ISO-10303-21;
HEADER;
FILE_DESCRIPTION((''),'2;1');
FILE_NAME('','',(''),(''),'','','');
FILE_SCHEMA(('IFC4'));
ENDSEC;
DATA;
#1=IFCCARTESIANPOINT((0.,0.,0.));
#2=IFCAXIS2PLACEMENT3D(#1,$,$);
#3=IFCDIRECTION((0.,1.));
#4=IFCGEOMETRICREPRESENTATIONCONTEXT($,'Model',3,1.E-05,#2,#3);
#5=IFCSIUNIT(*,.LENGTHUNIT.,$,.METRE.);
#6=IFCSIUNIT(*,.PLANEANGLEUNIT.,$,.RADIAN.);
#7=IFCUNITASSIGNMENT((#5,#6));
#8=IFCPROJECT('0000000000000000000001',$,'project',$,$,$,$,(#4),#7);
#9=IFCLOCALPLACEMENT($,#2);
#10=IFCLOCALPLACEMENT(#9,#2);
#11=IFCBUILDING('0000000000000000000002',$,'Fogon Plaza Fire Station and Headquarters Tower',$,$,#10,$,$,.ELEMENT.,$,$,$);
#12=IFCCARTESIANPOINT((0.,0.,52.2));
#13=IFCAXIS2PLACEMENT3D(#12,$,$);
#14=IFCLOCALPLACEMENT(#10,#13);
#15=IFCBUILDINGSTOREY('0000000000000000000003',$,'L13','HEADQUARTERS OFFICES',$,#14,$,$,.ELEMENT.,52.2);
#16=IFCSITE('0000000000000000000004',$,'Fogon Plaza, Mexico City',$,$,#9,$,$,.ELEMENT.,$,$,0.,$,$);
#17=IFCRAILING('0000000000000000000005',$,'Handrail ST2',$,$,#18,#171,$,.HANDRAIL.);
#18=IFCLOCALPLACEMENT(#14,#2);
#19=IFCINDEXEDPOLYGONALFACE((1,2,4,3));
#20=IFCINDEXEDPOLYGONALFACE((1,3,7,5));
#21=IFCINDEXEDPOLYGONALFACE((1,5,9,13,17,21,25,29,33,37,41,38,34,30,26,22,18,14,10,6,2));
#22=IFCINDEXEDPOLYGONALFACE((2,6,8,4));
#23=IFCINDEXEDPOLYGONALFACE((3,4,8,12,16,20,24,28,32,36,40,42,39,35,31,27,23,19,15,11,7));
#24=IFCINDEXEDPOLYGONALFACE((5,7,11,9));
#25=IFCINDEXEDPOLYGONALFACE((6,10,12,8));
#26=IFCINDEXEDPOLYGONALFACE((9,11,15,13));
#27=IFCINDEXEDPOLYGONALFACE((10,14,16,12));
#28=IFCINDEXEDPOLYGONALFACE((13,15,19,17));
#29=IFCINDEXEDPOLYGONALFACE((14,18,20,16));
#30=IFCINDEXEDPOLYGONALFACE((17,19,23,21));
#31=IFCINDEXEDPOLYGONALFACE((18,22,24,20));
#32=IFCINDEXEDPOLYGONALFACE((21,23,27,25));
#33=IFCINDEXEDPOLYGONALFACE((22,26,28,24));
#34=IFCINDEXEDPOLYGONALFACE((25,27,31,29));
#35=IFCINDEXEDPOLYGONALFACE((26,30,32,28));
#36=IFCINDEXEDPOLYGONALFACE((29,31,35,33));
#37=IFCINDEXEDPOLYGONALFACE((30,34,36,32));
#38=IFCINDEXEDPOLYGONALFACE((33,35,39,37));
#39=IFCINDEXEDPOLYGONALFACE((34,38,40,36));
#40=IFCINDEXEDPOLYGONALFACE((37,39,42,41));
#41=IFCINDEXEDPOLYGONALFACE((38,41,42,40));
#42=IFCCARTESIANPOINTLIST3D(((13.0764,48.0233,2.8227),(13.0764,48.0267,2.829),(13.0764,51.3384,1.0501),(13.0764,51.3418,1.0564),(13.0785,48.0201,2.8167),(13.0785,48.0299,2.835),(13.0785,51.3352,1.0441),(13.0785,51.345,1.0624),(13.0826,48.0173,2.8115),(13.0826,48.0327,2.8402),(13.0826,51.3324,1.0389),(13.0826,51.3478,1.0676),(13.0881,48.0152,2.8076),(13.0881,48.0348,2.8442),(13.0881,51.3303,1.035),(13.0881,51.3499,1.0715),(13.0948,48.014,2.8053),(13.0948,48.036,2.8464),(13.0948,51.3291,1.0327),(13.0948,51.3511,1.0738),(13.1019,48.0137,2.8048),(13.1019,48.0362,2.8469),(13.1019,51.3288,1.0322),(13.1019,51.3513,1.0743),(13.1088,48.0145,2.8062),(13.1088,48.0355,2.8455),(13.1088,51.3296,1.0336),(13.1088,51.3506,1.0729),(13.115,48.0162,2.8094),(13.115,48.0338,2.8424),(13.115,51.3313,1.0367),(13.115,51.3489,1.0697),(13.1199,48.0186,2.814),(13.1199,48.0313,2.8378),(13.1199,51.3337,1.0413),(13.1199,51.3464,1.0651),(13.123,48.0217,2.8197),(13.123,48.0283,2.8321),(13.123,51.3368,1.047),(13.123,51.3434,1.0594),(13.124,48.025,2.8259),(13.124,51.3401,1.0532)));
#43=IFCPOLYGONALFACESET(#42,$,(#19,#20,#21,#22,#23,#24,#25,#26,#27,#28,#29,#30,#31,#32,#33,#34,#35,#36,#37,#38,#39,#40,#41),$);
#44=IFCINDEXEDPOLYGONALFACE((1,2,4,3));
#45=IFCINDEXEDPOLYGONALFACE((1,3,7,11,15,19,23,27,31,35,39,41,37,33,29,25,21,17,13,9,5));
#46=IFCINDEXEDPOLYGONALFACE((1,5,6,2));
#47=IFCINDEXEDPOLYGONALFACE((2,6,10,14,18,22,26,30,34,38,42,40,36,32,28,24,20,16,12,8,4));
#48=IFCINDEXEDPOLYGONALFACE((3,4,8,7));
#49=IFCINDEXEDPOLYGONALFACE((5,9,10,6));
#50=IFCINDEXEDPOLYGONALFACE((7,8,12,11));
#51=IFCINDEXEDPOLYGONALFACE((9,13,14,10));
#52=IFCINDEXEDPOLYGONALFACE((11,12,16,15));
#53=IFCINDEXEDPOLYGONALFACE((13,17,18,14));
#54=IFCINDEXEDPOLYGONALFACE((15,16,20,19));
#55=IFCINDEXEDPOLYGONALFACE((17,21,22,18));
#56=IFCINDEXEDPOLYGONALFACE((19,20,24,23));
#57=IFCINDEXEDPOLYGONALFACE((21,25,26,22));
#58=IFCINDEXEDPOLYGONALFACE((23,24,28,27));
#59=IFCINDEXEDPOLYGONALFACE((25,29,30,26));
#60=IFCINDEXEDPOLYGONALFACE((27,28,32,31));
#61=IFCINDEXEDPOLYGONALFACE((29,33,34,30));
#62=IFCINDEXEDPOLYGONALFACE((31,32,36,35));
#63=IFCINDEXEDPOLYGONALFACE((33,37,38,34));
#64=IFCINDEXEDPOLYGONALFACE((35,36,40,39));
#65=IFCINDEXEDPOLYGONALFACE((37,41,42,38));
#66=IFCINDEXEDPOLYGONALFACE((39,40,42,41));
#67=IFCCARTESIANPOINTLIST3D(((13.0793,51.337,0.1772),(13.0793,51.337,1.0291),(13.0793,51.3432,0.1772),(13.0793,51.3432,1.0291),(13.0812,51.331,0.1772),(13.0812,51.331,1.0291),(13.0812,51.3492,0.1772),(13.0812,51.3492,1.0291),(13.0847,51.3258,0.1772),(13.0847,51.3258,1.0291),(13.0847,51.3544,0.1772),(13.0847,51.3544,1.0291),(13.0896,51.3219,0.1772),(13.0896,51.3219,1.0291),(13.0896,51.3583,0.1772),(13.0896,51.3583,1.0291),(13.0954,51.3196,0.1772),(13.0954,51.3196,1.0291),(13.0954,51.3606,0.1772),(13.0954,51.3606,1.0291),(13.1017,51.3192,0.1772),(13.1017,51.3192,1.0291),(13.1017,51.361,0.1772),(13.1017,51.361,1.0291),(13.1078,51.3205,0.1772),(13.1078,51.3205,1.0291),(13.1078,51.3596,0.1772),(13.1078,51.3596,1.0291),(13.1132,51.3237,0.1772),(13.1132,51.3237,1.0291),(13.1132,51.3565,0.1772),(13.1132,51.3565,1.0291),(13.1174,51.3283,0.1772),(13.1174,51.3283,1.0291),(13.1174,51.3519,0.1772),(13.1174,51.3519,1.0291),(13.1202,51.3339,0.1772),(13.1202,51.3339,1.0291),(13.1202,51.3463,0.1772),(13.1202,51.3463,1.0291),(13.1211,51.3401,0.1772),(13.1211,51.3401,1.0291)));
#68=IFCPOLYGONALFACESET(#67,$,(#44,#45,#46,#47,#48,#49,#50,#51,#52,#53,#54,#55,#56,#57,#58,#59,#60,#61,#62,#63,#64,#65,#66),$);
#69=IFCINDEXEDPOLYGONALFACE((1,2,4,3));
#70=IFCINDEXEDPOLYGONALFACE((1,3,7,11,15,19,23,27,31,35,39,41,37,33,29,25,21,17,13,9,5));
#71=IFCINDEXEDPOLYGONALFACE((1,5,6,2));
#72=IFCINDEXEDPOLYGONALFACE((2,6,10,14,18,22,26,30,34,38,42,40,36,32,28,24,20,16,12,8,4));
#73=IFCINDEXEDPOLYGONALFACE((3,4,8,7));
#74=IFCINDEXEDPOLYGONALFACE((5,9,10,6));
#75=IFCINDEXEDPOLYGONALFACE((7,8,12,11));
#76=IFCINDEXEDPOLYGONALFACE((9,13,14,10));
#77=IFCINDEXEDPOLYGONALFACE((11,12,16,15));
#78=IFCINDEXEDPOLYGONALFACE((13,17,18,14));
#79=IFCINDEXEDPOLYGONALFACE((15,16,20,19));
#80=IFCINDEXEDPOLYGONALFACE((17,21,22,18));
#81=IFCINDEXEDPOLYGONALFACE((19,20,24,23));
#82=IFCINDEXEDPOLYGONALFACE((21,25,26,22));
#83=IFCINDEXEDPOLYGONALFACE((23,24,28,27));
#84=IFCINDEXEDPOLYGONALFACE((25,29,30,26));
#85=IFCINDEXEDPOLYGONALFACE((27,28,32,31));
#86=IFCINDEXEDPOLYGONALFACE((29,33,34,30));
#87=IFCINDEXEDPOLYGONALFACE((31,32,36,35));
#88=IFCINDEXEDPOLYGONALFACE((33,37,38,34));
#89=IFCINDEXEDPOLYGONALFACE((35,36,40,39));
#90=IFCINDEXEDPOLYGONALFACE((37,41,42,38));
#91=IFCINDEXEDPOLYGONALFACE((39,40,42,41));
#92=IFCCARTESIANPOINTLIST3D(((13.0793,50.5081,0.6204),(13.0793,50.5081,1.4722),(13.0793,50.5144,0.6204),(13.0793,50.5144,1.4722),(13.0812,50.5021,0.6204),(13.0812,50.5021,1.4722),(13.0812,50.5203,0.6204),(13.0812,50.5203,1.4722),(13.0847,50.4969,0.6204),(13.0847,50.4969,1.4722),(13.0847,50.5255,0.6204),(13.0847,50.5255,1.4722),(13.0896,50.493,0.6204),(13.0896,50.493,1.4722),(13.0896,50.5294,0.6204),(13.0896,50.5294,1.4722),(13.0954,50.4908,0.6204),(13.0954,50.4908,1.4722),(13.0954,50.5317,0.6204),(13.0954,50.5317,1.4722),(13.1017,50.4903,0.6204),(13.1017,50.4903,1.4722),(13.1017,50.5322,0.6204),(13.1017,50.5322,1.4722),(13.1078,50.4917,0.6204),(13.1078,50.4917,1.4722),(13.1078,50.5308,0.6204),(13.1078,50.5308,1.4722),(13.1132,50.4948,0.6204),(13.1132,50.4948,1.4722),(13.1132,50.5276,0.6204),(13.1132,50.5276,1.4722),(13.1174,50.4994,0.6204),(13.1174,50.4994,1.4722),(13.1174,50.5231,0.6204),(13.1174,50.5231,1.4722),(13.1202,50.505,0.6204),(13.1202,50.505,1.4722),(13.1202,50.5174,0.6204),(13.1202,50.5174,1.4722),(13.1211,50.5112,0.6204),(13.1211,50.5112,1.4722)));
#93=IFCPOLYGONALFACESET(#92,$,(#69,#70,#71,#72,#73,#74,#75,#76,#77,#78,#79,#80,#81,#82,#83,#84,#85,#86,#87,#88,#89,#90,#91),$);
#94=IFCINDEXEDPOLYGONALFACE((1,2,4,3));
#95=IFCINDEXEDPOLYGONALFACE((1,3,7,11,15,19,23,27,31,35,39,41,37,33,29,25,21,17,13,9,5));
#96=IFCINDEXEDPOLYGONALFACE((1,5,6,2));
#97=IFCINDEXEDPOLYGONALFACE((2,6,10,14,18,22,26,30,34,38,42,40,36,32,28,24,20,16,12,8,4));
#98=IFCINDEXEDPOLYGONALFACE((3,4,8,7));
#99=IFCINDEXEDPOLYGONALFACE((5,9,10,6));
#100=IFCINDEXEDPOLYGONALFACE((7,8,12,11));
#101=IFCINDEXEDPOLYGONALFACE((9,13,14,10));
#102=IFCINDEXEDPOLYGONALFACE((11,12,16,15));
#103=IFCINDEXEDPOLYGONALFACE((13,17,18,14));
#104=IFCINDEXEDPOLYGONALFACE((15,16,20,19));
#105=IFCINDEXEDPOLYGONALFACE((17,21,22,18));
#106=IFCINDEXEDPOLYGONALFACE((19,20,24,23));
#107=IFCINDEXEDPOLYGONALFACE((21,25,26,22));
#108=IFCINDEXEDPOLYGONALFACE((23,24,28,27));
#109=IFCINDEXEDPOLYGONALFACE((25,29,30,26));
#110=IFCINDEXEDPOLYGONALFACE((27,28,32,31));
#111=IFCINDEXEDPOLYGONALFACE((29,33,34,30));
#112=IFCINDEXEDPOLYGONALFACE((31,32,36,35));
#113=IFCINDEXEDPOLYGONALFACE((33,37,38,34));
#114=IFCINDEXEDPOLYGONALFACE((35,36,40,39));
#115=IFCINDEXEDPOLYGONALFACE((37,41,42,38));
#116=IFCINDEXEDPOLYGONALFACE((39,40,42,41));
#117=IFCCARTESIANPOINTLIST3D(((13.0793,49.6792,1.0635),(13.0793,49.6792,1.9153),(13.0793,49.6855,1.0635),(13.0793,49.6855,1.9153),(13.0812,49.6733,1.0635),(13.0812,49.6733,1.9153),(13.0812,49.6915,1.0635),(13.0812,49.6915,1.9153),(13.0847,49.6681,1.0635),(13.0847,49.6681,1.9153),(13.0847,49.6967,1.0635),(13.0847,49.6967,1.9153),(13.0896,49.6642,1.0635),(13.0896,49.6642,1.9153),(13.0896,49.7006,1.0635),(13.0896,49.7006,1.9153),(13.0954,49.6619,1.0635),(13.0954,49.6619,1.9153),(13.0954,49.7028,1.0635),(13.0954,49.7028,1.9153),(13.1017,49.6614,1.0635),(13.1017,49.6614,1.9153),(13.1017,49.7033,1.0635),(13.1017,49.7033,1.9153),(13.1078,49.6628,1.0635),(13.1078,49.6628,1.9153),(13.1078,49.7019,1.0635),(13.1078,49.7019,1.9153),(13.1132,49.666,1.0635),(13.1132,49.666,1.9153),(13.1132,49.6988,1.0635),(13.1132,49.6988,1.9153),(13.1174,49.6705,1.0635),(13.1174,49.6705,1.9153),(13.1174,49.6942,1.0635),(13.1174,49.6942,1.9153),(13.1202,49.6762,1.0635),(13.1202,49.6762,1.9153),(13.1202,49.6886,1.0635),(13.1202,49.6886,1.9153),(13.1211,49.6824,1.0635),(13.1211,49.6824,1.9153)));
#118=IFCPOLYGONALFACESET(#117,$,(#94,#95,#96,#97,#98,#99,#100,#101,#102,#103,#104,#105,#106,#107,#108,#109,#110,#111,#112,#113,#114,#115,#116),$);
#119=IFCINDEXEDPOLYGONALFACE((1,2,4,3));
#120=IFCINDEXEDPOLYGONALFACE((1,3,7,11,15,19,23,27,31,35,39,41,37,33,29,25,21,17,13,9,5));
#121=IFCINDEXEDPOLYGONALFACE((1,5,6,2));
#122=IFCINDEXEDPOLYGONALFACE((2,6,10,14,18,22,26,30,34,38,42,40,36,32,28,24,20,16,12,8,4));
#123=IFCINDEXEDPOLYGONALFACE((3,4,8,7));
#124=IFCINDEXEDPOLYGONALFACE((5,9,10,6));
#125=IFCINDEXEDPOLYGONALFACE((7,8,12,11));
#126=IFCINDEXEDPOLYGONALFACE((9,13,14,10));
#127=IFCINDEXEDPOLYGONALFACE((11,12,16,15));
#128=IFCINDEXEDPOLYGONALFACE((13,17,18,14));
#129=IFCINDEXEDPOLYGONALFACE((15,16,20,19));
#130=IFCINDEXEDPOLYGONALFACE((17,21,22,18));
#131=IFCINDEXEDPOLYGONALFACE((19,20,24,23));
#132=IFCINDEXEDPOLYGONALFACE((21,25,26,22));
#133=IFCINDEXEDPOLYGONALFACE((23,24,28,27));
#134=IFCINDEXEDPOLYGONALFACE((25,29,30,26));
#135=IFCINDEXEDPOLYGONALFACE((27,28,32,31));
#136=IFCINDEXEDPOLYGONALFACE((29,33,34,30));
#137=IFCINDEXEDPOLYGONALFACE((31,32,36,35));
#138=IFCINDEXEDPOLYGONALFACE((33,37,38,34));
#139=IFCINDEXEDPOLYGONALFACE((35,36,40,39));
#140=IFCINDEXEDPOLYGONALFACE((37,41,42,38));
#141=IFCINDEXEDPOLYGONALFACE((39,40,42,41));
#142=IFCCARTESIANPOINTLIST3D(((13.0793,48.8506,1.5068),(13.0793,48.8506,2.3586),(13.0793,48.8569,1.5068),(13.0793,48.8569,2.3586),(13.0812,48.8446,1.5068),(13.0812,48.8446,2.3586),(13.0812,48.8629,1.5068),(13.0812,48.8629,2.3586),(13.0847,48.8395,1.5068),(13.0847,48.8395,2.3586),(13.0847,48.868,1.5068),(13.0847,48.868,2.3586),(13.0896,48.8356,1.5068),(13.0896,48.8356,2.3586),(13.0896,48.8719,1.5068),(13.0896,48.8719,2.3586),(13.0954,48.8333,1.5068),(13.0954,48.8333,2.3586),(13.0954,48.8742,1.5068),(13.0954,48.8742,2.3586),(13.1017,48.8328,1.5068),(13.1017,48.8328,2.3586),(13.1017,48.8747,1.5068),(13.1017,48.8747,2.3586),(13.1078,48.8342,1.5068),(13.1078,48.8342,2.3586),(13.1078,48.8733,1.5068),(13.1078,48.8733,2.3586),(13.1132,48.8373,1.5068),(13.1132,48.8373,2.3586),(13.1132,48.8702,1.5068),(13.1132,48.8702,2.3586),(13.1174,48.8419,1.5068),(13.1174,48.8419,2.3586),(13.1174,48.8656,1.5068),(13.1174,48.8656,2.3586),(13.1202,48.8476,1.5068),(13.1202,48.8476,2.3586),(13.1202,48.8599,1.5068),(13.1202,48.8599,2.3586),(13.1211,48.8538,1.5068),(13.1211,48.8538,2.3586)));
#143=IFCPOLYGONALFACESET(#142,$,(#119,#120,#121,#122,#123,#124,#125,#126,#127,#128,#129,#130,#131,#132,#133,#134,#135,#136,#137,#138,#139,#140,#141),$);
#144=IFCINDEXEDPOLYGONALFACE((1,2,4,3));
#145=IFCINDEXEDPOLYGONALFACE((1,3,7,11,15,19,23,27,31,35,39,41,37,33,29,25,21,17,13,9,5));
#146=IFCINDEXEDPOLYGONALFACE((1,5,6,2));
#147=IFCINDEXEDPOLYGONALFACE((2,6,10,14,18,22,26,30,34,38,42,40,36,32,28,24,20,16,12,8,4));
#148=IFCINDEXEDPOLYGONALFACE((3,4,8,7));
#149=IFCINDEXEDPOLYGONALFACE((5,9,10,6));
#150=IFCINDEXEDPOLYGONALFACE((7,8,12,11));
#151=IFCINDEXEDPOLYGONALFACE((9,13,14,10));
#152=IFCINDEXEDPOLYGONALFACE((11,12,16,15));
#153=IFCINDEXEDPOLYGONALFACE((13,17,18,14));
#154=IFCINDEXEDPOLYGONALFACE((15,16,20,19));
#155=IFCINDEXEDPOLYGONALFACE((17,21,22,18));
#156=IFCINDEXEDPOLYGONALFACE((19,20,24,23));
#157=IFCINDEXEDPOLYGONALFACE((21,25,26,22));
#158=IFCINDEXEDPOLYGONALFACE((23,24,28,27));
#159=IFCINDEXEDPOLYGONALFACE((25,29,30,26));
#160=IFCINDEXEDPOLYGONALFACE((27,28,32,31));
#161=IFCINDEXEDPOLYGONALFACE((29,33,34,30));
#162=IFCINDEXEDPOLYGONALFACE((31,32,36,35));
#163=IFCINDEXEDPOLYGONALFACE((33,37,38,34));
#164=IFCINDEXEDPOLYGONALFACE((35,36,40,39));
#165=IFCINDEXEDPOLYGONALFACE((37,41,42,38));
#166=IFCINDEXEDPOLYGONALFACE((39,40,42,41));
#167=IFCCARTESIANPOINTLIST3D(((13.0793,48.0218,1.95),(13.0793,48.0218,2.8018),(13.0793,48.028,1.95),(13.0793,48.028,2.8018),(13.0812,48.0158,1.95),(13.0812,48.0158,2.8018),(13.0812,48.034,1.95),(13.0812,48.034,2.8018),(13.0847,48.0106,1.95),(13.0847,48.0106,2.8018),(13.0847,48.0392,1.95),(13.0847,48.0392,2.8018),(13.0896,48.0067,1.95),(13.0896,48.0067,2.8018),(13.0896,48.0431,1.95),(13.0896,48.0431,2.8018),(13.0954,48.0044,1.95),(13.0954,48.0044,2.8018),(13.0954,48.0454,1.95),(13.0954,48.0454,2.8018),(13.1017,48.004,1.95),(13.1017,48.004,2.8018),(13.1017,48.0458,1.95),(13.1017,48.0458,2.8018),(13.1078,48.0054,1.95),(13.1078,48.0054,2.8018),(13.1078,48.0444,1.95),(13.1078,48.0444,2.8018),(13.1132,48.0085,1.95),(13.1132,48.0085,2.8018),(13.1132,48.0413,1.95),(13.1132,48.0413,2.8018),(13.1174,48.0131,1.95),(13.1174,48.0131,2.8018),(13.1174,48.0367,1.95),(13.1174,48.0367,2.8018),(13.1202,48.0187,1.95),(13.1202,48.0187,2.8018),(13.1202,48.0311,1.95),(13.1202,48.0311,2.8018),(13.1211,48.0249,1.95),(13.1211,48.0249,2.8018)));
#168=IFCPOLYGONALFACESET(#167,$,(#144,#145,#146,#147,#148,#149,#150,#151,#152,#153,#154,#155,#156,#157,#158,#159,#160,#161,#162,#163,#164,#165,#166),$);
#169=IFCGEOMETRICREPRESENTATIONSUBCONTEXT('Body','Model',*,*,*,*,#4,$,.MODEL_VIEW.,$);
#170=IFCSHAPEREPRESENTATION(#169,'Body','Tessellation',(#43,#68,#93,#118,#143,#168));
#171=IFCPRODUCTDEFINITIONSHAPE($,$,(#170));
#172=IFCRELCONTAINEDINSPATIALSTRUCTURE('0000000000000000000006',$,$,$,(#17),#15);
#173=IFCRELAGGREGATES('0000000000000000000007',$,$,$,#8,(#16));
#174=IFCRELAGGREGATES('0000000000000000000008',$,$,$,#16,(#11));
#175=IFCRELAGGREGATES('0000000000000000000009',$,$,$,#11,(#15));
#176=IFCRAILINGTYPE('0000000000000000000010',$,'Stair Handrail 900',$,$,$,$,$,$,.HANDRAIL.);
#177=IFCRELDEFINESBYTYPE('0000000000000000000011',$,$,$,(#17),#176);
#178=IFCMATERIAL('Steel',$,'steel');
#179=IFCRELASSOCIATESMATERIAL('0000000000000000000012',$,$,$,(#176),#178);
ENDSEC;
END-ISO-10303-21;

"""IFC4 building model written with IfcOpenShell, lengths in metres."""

from ifc_helpers import new_model, si_unit, direction, frame, origin, origin_2d, place, context, subcontext, project, spatial, circle, extrude, material, type_object, element, save


model = new_model("IFC4")

# Units and contexts
model_context = context("Model", 3, precision=1e-05, world=origin(), true_north=direction((0.0, 1.0)))
body_context = subcontext(model_context, "Body", "Model", "MODEL_VIEW")
ifc_project = project(units=[si_unit("LENGTHUNIT", "METRE"), si_unit("PLANEANGLEUNIT", "RADIAN")], contexts=[model_context])

# Site, building, storey
site_placement = place(None, origin())
site = spatial("IfcSite", under=ifc_project, at=site_placement, Name="Fogon Plaza, Mexico City", CompositionType="ELEMENT", RefElevation=0.0)
building_placement = place(site_placement, origin())
building = spatial("IfcBuilding", under=site, at=building_placement, Name="Fogon Plaza Fire Station and Headquarters Tower", CompositionType="ELEMENT")
storey_placement = place(building_placement, frame((0.0, 0.0, 52.2)))
storey = spatial("IfcBuildingStorey", under=building, at=storey_placement, Name="L13", Description="HEADQUARTERS OFFICES", CompositionType="ELEMENT", Elevation=52.2)

# Railing
ifc_material_1 = material(Name="Steel", Category="steel")
railing_type = type_object("IfcRailingType", Name="Stair Handrail 900", PredefinedType="HANDRAIL", material=ifc_material_1)
for number, where, name in (
    (1, (13.1001, 51.3401, 0.1772), "Handrail ST2"),
):
    element("IfcRailing", number, at=place(storey_placement, frame(where)), inside=storey, type_object=railing_type, Name=name, PredefinedType="HANDRAIL", context=body_context, shape_type="SweptSolid", body=[
        extrude(circle(Radius=0.0239, at=origin_2d()), frame((0.0, 0.0, 0.876), z_axis=(0.0, -0.881844, 0.471542), x_axis=(1.0, 0.0, 0.0)), (0.0, 0.0, 1.0), 3.7593),
        extrude(circle(Radius=0.021, at=origin_2d()), origin(), (0.0, 0.0, 1.0), 0.8518),
        extrude(circle(Radius=0.021, at=origin_2d()), frame((0.0, -0.8289, 0.4431)), (0.0, 0.0, 1.0), 0.8518),
        extrude(circle(Radius=0.021, at=origin_2d()), frame((0.0, -1.6577, 0.8862)), (0.0, 0.0, 1.0), 0.8518),
        extrude(circle(Radius=0.021, at=origin_2d()), frame((0.0, -2.4863, 1.3296)), (0.0, 0.0, 1.0), 0.8518),
        extrude(circle(Radius=0.021, at=origin_2d()), frame((0.0, -3.3152, 1.7727)), (0.0, 0.0, 1.0), 0.8518),
    ])

save(model, "model.ifc")
